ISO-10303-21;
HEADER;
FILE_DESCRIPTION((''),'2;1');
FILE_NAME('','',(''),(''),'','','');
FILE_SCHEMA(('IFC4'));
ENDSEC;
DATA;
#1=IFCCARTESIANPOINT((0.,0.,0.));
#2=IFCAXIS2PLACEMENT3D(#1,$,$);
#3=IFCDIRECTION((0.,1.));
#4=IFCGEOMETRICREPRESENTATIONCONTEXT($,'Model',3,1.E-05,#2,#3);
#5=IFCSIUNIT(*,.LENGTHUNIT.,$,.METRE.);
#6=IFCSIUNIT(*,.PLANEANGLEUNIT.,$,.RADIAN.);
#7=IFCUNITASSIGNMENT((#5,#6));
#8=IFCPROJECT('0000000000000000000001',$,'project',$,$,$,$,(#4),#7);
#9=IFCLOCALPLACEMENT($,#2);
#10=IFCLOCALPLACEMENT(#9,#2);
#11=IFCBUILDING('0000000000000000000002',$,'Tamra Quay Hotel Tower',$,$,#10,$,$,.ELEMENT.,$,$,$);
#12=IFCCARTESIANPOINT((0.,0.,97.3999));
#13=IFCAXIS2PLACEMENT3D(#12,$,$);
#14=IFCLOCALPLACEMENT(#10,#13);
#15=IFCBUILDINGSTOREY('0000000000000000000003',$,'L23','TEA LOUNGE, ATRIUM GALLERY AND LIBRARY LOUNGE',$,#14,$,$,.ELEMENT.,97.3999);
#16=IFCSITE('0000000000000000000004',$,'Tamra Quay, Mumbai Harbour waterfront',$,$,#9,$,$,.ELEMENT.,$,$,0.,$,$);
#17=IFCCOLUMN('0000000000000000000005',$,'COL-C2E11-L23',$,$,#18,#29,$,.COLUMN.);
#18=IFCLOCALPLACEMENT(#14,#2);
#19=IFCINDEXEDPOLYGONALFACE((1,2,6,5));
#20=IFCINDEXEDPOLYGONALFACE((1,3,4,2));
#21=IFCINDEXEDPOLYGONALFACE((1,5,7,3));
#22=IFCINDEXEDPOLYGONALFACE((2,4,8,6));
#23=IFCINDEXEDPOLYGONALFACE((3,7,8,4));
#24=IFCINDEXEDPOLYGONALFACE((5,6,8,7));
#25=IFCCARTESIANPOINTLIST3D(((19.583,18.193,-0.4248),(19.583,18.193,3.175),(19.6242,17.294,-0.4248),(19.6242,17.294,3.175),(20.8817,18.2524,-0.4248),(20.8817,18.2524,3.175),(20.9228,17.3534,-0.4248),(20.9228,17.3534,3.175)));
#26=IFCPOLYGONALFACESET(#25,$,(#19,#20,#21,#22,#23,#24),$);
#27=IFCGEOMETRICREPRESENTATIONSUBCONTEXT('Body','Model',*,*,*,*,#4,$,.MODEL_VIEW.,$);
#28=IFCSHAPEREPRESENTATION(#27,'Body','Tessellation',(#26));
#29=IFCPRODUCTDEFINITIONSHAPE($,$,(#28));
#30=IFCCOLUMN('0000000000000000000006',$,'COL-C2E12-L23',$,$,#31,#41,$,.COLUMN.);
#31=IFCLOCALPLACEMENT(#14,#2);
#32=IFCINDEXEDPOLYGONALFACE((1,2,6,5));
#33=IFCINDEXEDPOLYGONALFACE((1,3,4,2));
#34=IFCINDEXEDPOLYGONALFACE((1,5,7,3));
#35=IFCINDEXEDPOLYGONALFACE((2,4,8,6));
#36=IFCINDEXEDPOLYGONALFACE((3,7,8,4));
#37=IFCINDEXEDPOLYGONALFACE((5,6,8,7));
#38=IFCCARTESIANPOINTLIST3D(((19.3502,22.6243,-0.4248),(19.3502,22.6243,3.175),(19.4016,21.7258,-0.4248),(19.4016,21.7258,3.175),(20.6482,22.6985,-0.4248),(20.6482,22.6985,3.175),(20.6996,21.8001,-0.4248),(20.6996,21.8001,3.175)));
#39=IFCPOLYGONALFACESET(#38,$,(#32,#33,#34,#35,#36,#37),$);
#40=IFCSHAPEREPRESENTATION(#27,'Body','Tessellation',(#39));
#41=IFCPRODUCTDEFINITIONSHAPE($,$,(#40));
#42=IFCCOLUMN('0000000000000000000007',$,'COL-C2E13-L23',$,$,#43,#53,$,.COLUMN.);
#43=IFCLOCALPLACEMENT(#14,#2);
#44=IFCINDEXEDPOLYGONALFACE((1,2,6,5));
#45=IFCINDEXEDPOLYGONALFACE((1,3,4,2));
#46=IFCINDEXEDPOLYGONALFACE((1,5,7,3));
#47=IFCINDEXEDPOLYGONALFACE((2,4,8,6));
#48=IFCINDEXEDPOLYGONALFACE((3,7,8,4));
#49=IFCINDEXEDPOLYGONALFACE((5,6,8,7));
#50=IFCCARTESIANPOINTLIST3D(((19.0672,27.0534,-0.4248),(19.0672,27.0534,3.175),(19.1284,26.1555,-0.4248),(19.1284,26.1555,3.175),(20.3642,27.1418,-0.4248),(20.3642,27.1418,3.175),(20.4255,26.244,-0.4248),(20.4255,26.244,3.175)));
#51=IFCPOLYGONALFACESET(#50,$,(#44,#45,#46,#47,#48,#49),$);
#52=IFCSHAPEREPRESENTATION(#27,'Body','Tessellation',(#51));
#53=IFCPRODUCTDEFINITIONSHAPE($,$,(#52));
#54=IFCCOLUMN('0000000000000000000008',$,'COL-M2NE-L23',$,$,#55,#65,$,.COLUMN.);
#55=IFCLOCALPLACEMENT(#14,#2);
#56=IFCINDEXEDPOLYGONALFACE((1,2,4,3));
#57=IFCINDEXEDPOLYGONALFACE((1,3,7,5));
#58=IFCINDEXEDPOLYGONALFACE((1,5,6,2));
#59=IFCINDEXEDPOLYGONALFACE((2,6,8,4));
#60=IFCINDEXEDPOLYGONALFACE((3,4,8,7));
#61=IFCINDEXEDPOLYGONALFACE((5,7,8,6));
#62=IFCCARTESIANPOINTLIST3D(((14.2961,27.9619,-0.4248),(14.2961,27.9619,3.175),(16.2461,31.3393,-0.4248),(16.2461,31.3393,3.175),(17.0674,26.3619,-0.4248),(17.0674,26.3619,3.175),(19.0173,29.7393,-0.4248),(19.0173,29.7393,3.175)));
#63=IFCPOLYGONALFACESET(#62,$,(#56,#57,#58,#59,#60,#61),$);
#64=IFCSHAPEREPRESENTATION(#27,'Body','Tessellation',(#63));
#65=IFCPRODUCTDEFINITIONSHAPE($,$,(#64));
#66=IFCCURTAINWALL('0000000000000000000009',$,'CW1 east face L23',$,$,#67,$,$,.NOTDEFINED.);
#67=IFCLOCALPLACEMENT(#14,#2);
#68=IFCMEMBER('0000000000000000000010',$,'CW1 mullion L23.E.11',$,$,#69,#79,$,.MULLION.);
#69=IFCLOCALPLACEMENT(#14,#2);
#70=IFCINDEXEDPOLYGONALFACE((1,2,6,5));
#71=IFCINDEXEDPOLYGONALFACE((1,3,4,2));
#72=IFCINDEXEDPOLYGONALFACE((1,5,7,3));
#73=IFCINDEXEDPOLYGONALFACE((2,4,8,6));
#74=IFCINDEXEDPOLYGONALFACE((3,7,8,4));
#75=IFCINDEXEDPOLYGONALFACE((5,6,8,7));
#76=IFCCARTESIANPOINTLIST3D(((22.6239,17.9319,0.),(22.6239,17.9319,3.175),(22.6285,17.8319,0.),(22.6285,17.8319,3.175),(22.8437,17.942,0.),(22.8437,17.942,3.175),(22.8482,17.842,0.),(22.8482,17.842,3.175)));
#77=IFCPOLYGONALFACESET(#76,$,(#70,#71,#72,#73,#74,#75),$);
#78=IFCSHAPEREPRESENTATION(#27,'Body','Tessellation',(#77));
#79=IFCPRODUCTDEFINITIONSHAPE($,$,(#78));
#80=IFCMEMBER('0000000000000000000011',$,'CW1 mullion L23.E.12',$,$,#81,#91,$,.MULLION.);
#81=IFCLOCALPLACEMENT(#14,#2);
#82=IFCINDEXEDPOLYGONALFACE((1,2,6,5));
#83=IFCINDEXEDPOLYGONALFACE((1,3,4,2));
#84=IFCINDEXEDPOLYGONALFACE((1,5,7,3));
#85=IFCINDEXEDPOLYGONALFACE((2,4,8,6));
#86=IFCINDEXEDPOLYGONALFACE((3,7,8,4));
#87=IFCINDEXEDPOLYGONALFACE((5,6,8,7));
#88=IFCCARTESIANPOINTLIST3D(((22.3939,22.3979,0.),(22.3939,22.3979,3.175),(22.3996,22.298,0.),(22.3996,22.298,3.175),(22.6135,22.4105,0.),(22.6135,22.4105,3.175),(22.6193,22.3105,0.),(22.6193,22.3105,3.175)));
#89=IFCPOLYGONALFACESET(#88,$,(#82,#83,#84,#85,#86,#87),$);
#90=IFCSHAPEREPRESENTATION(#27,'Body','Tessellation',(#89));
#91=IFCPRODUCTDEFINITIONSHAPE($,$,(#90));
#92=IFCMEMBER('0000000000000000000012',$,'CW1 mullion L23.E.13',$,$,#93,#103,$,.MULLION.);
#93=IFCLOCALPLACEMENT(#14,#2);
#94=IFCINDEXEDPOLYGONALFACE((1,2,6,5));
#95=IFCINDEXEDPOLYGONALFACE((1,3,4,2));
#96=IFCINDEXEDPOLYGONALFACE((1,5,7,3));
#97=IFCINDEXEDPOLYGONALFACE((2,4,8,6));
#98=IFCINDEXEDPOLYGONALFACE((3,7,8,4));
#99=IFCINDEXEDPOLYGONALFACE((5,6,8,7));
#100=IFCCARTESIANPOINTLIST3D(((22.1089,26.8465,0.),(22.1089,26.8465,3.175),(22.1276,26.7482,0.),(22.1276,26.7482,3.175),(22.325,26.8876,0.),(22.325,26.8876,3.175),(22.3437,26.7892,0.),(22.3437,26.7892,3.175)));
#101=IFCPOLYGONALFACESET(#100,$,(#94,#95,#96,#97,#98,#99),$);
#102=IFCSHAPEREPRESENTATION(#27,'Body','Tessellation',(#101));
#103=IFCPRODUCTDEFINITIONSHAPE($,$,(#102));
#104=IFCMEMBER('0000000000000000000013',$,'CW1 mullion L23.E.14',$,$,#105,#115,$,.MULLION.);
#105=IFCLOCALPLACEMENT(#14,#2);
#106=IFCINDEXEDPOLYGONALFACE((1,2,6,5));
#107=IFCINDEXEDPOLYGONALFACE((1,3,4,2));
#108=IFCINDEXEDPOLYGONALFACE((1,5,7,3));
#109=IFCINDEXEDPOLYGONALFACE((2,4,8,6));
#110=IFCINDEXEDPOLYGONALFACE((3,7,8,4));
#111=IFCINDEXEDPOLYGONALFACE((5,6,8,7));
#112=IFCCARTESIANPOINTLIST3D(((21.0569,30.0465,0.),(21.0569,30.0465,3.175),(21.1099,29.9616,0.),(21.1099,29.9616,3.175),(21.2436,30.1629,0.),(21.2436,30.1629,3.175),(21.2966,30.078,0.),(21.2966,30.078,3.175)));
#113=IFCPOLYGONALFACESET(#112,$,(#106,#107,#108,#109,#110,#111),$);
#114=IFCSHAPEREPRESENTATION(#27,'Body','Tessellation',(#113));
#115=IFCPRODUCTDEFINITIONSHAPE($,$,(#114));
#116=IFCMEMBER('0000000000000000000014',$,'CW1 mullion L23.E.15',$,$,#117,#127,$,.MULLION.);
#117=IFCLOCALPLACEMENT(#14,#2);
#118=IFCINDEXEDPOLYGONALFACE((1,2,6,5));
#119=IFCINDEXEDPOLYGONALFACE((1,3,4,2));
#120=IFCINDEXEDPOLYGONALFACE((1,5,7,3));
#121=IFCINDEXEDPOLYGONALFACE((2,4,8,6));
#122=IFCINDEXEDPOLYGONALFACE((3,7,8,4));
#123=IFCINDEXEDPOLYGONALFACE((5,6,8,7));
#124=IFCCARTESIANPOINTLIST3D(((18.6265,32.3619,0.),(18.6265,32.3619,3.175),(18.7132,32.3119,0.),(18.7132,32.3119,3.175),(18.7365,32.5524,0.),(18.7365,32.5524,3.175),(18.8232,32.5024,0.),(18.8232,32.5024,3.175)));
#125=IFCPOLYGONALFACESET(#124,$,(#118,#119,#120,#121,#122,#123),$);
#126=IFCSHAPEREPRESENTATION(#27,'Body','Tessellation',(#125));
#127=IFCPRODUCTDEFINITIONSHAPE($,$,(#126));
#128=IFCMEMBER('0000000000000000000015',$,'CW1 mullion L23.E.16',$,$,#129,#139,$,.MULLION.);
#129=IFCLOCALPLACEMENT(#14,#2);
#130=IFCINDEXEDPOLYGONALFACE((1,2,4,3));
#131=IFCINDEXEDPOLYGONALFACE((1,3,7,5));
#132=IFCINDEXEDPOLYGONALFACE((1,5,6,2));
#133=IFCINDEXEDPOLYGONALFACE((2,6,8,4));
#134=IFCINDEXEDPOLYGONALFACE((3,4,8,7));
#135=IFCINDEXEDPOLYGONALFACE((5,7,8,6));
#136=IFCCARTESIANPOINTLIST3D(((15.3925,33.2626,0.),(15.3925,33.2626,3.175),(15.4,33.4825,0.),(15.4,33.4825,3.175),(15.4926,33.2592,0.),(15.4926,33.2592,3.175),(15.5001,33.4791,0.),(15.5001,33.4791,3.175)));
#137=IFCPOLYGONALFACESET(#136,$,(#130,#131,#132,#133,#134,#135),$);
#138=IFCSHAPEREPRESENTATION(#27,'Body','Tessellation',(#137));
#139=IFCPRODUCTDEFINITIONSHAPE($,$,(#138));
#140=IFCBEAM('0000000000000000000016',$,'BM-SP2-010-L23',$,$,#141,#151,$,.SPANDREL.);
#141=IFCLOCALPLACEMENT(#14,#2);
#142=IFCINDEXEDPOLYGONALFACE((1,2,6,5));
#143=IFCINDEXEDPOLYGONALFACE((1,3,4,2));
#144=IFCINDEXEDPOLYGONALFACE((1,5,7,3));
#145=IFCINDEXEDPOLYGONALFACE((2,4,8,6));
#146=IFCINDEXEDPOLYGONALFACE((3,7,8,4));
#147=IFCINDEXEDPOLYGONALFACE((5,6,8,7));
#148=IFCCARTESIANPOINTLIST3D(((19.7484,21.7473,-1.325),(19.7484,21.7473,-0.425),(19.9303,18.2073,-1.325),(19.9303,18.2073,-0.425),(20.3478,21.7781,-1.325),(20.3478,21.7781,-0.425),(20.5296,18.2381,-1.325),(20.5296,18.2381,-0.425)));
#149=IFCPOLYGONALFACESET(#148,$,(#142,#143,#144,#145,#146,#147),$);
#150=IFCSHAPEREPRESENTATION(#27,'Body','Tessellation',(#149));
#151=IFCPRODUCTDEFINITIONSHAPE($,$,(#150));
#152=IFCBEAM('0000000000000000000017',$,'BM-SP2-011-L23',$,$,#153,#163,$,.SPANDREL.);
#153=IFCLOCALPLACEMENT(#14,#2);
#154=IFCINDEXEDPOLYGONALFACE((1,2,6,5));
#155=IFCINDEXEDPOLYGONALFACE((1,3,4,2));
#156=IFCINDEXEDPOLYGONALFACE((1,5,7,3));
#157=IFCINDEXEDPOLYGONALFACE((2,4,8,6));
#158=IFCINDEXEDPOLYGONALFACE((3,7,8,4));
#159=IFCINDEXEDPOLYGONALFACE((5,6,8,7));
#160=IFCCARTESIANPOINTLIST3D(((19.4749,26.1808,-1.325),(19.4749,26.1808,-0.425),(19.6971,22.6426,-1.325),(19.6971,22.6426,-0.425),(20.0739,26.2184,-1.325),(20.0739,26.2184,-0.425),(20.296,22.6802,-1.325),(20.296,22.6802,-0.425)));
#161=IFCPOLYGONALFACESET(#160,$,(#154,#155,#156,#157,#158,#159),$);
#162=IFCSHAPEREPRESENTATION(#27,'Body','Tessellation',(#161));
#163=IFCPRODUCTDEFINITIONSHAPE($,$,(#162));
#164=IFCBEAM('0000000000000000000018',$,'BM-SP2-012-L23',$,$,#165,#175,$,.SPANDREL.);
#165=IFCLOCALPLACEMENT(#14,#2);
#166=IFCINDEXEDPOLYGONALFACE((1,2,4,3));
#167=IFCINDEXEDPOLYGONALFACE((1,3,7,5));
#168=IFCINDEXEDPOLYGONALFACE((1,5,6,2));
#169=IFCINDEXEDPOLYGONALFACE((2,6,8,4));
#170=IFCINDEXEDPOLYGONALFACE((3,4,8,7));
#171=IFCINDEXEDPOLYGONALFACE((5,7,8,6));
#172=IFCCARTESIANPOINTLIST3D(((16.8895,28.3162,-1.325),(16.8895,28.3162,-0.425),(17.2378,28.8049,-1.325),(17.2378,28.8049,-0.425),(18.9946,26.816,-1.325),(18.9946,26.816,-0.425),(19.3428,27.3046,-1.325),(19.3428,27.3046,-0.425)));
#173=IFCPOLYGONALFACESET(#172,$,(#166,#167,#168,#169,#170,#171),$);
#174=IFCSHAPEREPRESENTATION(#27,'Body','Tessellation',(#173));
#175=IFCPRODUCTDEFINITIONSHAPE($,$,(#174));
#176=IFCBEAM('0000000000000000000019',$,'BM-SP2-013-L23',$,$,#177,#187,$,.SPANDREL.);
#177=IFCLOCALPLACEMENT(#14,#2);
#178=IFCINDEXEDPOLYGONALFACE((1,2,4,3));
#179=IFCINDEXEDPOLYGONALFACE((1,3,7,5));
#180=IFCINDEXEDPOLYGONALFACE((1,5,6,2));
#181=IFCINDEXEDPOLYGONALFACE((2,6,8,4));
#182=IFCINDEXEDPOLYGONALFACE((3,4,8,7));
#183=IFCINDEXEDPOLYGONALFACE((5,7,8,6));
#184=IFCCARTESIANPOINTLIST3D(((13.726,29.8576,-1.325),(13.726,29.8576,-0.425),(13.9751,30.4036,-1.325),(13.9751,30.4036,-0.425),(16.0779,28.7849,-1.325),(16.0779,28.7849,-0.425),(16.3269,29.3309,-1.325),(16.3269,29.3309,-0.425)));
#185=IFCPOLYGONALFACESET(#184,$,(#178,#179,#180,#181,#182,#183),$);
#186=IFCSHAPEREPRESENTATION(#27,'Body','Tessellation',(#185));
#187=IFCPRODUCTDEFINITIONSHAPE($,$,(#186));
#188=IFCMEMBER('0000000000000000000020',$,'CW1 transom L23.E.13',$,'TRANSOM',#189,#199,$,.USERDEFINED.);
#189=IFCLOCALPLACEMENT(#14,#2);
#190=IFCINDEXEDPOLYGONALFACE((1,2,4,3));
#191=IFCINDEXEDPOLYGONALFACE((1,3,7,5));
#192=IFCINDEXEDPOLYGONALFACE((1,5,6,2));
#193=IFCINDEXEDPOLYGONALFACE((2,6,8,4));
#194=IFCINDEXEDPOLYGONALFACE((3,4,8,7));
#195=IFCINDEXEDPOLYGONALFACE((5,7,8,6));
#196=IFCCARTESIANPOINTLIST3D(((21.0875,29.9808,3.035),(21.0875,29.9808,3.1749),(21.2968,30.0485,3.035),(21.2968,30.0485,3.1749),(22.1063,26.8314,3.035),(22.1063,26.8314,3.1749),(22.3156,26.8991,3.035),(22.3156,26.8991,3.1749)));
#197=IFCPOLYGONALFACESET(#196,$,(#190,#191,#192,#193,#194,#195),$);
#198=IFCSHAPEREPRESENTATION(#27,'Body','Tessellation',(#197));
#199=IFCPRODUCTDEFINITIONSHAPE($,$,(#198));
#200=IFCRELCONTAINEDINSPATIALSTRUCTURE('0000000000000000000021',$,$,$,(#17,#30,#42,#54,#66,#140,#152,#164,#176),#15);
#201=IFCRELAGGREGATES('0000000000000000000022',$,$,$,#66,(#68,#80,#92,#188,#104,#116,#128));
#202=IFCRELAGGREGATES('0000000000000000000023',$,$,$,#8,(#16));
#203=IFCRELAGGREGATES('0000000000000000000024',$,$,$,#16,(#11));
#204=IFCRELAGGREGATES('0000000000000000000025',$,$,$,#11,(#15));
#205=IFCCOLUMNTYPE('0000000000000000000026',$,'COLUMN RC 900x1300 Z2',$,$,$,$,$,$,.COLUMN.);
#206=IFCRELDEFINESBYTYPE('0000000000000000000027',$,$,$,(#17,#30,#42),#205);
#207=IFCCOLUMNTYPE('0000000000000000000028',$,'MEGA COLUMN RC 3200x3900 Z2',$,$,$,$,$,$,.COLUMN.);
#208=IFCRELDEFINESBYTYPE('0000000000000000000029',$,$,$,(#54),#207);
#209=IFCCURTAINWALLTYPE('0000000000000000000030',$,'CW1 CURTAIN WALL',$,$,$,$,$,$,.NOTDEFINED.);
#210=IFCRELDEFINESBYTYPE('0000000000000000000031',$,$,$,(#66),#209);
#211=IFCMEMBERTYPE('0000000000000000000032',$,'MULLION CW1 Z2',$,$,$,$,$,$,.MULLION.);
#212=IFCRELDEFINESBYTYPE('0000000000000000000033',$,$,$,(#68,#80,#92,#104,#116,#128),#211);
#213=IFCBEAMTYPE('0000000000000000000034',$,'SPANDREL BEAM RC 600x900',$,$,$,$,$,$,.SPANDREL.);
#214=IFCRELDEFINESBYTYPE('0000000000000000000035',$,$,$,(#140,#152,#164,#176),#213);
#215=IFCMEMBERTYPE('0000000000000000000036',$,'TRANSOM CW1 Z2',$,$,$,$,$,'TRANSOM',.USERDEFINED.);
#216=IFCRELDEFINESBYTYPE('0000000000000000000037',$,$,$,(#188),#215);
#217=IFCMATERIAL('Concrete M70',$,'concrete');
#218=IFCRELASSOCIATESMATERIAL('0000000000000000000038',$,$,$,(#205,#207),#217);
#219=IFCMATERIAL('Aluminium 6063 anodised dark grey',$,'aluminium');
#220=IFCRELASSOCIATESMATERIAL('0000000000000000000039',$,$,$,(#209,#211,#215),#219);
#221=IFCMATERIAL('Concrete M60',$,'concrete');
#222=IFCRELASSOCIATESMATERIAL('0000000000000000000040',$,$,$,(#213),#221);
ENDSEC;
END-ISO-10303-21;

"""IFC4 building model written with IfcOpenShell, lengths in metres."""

from ifc_helpers import new_model, si_unit, direction, frame, origin, origin_2d, place, context, subcontext, project, spatial, rectangle, extrude, material, material_profile, profile_set, type_object, element, aggregate, save


model = new_model("IFC4")

# Units and contexts
model_context = context("Model", 3, precision=1e-05, world=origin(), true_north=direction((0.0, 1.0)))
body_context = subcontext(model_context, "Body", "Model", "MODEL_VIEW")
ifc_project = project(units=[si_unit("LENGTHUNIT", "METRE"), si_unit("PLANEANGLEUNIT", "RADIAN")], contexts=[model_context])

# Site, building, storey
site_placement = place(None, origin())
site = spatial("IfcSite", under=ifc_project, at=site_placement, Name="Tamra Quay, Mumbai Harbour waterfront", CompositionType="ELEMENT", RefElevation=0.0)
building_placement = place(site_placement, origin())
building = spatial("IfcBuilding", under=site, at=building_placement, Name="Tamra Quay Hotel Tower", CompositionType="ELEMENT")
storey_placement = place(building_placement, frame((0.0, 0.0, 97.3999)))
storey = spatial("IfcBuildingStorey", under=building, at=storey_placement, Name="L23", Description="TEA LOUNGE, ATRIUM GALLERY AND LIBRARY LOUNGE", CompositionType="ELEMENT", Elevation=97.3999)

# Columns
ifc_material_1 = material(Name="Concrete M70", Category="concrete")
ifc_material_profile_1 = material_profile(ifc_material_1, rectangle(XDim=1.3, YDim=0.8999, at=origin_2d()), Name="COLUMN RC 900x1300 Z2")
ifc_profile_set_1 = profile_set([ifc_material_profile_1], Name="Concrete M70")
column_type_1 = type_object("IfcColumnType", Name="COLUMN RC 900x1300 Z2", PredefinedType="COLUMN", material=ifc_profile_set_1)
for number, where, z_axis, x_axis, name in (
    (1, (20.2529, 17.7732, -0.4248), (0.0, 0.0, 1.0), (0.998955, 0.045712, 0.0), "COL-C2E11-L23"),
    (2, (20.0249, 22.2122, -0.4248), (0.0, 0.0, 1.0), (0.998368, 0.057108, 0.0), "COL-C2E12-L23"),
    (3, (19.7463, 26.6487, -0.4248), (0.0, 0.0, 1.0), (0.997682, 0.068041, 0.0), "COL-C2E13-L23"),
):
    element("IfcColumn", number, at=place(storey_placement, frame(where, z_axis=z_axis, x_axis=x_axis)), inside=storey, type_object=column_type_1, Name=name, PredefinedType="COLUMN", context=body_context, shape_type="SweptSolid", body=[
        extrude(rectangle(XDim=1.3, YDim=0.8999, at=origin_2d()), origin(), (0.0, 0.0, 1.0), 3.5999),
    ])
ifc_material_profile_2 = material_profile(ifc_material_1, rectangle(XDim=3.8999, YDim=3.2, at=origin_2d()), Name="MEGA COLUMN RC 3200x3900 Z2")
ifc_profile_set_2 = profile_set([ifc_material_profile_2], Name="Concrete M70")
column_type_2 = type_object("IfcColumnType", Name="MEGA COLUMN RC 3200x3900 Z2", PredefinedType="COLUMN", material=ifc_profile_set_2)
column_placement = place(storey_placement, frame((16.6567, 28.8506, -0.4248), z_axis=(0.0, 0.0, 1.0), x_axis=(0.5, 0.866025, 0.0)))
element("IfcColumn", 4, at=column_placement, inside=storey, type_object=column_type_2, Name="COL-M2NE-L23", PredefinedType="COLUMN", context=body_context, shape_type="SweptSolid", body=[
    extrude(rectangle(XDim=3.8999, YDim=3.2, at=origin_2d()), origin(), (0.0, 0.0, 1.0), 3.5999),
])

# Curtain wall, members
ifc_material_2 = material(Name="Aluminium 6063 anodised dark grey", Category="aluminium")
curtain_wall_type = type_object("IfcCurtainWallType", Name="CW1 CURTAIN WALL", PredefinedType="NOTDEFINED", material=ifc_material_2)
curtain_wall_placement = place(storey_placement, origin())
curtain_wall = element("IfcCurtainWall", 5, at=curtain_wall_placement, inside=storey, type_object=curtain_wall_type, Name="CW1 east face L23", PredefinedType="NOTDEFINED")
ifc_material_profile_3 = material_profile(ifc_material_2, rectangle(XDim=0.22, YDim=0.1001, at=origin_2d()), Name="MULLION 100X220")
ifc_profile_set_3 = profile_set([ifc_material_profile_3], Name="Aluminium 6063 anodised dark grey")
member_type_1 = type_object("IfcMemberType", Name="MULLION CW1 Z2", PredefinedType="MULLION", material=ifc_profile_set_3)
member_1_placement = place(storey_placement, frame((22.7361, 17.887, 0.0), z_axis=(0.0, 0.0, 1.0), x_axis=(0.998958, 0.045633, 0.0)))
member_1 = element("IfcMember", 6, at=member_1_placement, type_object=member_type_1, Name="CW1 mullion L23.E.11", PredefinedType="MULLION", context=body_context, shape_type="SweptSolid", body=[
    extrude(rectangle(XDim=0.22, YDim=0.1001, at=origin_2d()), origin(), (0.0, 0.0, 1.0), 3.175),
])
member_2_placement = place(storey_placement, frame((22.5066, 22.3542, 0.0), z_axis=(0.0, 0.0, 1.0), x_axis=(0.998374, 0.056996, 0.0)))
member_2 = element("IfcMember", 7, at=member_2_placement, type_object=member_type_1, Name="CW1 mullion L23.E.12", PredefinedType="MULLION", context=body_context, shape_type="SweptSolid", body=[
    extrude(rectangle(XDim=0.22, YDim=0.1001, at=origin_2d()), origin(), (0.0, 0.0, 1.0), 3.175),
])
member_3_placement = place(storey_placement, frame((22.2263, 26.8179, 0.0), z_axis=(0.0, 0.0, 1.0), x_axis=(0.982419, 0.186689, 0.0)))
member_3 = element("IfcMember", 8, at=member_3_placement, type_object=member_type_1, Name="CW1 mullion L23.E.13", PredefinedType="MULLION", context=body_context, shape_type="SweptSolid", body=[
    extrude(rectangle(XDim=0.22, YDim=0.1001, at=origin_2d()), origin(), (0.0, 0.0, 1.0), 3.175),
])
member_4_placement = place(storey_placement, frame((21.1768, 30.0623, 0.0), z_axis=(0.0, 0.0, 1.0), x_axis=(0.848503, 0.52919, 0.0)))
member_4 = element("IfcMember", 9, at=member_4_placement, type_object=member_type_1, Name="CW1 mullion L23.E.14", PredefinedType="MULLION", context=body_context, shape_type="SweptSolid", body=[
    extrude(rectangle(XDim=0.22, YDim=0.1001, at=origin_2d()), origin(), (0.0, 0.0, 1.0), 3.175),
])
member_5_placement = place(storey_placement, frame((18.7249, 32.4321, 0.0), z_axis=(0.0, 0.0, 1.0), x_axis=(0.5, 0.866025, 0.0)))
member_5 = element("IfcMember", 10, at=member_5_placement, type_object=member_type_1, Name="CW1 mullion L23.E.15", PredefinedType="MULLION", context=body_context, shape_type="SweptSolid", body=[
    extrude(rectangle(XDim=0.22, YDim=0.1001, at=origin_2d()), origin(), (0.0, 0.0, 1.0), 3.175),
])
member_6_placement = place(storey_placement, frame((15.4463, 33.3708, 0.0), z_axis=(0.0, 0.0, 1.0), x_axis=(0.034041, 0.99942, 0.0)))
member_6 = element("IfcMember", 11, at=member_6_placement, type_object=member_type_1, Name="CW1 mullion L23.E.16", PredefinedType="MULLION", context=body_context, shape_type="SweptSolid", body=[
    extrude(rectangle(XDim=0.22, YDim=0.1001, at=origin_2d()), origin(), (0.0, 0.0, 1.0), 3.175),
])

# Beams
ifc_material_3 = material(Name="Concrete M60", Category="concrete")
ifc_material_profile_4 = material_profile(ifc_material_3, rectangle(XDim=0.6001, YDim=0.8999, at=origin_2d()), Name="SPANDREL BEAM RC 600x900")
ifc_profile_set_4 = profile_set([ifc_material_profile_4], Name="Concrete M60")
beam_type = type_object("IfcBeamType", Name="SPANDREL BEAM RC 600x900", PredefinedType="SPANDREL", material=ifc_profile_set_4)
beam_1_placement = place(storey_placement, frame((20.23, 18.2227, -0.875), z_axis=(-0.051312, 0.998683, 0.0), x_axis=(-0.998683, -0.051312, 0.0)))
element("IfcBeam", 12, at=beam_1_placement, inside=storey, type_object=beam_type, Name="BM-SP2-010-L23", PredefinedType="SPANDREL", context=body_context, shape_type="SweptSolid", body=[
    extrude(rectangle(XDim=0.6001, YDim=0.8999, at=origin_2d()), origin(), (0.0, 0.0, 1.0), 3.5447),
])
beam_2_placement = place(storey_placement, frame((19.9966, 22.6614, -0.875), z_axis=(-0.06267, 0.998034, 0.0), x_axis=(-0.998034, -0.06267, 0.0)))
element("IfcBeam", 13, at=beam_2_placement, inside=storey, type_object=beam_type, Name="BM-SP2-011-L23", PredefinedType="SPANDREL", context=body_context, shape_type="SweptSolid", body=[
    extrude(rectangle(XDim=0.6001, YDim=0.8999, at=origin_2d()), origin(), (0.0, 0.0, 1.0), 3.5452),
])
for number, where, z_axis, x_axis, name in (
    (14, (19.1687, 27.0603, -0.875), (-0.814339, 0.580389, 0.0), (-0.580389, -0.814339, 0.0), "BM-SP2-012-L23"),
    (15, (16.2024, 29.0579, -0.875), (-0.909819, 0.415005, 0.0), (-0.415005, -0.909819, 0.0), "BM-SP2-013-L23"),
):
    element("IfcBeam", number, at=place(storey_placement, frame(where, z_axis=z_axis, x_axis=x_axis)), inside=storey, type_object=beam_type, Name=name, PredefinedType="SPANDREL", context=body_context, shape_type="SweptSolid", body=[
        extrude(rectangle(XDim=0.6001, YDim=0.8999, at=origin_2d()), origin(), (0.0, 0.0, 1.0), 2.585),
    ])

# Member
ifc_material_profile_5 = material_profile(ifc_material_2, rectangle(XDim=0.22, YDim=0.1399, at=origin_2d()), Name="TRANSOM 220X140")
ifc_profile_set_5 = profile_set([ifc_material_profile_5], Name="Aluminium 6063 anodised dark grey")
member_type_2 = type_object("IfcMemberType", Name="TRANSOM CW1 Z2", ElementType="TRANSOM", PredefinedType="USERDEFINED", material=ifc_profile_set_5)
member_7_placement = place(storey_placement, frame((22.2109, 26.8652, 3.105), z_axis=(-0.307785, 0.951456, 0.0), x_axis=(-0.951456, -0.307785, 0.0)))
member_7 = element("IfcMember", 16, at=member_7_placement, type_object=member_type_2, Name="CW1 transom L23.E.13", ObjectType="TRANSOM", PredefinedType="USERDEFINED", context=body_context, shape_type="SweptSolid", body=[
    extrude(rectangle(XDim=0.22, YDim=0.1399, at=origin_2d()), origin(), (0.0, 0.0, 1.0), 3.3101),
])

aggregate(curtain_wall, [member_1, member_2, member_3, member_7, member_4, member_5, member_6])

save(model, "model.ifc")
